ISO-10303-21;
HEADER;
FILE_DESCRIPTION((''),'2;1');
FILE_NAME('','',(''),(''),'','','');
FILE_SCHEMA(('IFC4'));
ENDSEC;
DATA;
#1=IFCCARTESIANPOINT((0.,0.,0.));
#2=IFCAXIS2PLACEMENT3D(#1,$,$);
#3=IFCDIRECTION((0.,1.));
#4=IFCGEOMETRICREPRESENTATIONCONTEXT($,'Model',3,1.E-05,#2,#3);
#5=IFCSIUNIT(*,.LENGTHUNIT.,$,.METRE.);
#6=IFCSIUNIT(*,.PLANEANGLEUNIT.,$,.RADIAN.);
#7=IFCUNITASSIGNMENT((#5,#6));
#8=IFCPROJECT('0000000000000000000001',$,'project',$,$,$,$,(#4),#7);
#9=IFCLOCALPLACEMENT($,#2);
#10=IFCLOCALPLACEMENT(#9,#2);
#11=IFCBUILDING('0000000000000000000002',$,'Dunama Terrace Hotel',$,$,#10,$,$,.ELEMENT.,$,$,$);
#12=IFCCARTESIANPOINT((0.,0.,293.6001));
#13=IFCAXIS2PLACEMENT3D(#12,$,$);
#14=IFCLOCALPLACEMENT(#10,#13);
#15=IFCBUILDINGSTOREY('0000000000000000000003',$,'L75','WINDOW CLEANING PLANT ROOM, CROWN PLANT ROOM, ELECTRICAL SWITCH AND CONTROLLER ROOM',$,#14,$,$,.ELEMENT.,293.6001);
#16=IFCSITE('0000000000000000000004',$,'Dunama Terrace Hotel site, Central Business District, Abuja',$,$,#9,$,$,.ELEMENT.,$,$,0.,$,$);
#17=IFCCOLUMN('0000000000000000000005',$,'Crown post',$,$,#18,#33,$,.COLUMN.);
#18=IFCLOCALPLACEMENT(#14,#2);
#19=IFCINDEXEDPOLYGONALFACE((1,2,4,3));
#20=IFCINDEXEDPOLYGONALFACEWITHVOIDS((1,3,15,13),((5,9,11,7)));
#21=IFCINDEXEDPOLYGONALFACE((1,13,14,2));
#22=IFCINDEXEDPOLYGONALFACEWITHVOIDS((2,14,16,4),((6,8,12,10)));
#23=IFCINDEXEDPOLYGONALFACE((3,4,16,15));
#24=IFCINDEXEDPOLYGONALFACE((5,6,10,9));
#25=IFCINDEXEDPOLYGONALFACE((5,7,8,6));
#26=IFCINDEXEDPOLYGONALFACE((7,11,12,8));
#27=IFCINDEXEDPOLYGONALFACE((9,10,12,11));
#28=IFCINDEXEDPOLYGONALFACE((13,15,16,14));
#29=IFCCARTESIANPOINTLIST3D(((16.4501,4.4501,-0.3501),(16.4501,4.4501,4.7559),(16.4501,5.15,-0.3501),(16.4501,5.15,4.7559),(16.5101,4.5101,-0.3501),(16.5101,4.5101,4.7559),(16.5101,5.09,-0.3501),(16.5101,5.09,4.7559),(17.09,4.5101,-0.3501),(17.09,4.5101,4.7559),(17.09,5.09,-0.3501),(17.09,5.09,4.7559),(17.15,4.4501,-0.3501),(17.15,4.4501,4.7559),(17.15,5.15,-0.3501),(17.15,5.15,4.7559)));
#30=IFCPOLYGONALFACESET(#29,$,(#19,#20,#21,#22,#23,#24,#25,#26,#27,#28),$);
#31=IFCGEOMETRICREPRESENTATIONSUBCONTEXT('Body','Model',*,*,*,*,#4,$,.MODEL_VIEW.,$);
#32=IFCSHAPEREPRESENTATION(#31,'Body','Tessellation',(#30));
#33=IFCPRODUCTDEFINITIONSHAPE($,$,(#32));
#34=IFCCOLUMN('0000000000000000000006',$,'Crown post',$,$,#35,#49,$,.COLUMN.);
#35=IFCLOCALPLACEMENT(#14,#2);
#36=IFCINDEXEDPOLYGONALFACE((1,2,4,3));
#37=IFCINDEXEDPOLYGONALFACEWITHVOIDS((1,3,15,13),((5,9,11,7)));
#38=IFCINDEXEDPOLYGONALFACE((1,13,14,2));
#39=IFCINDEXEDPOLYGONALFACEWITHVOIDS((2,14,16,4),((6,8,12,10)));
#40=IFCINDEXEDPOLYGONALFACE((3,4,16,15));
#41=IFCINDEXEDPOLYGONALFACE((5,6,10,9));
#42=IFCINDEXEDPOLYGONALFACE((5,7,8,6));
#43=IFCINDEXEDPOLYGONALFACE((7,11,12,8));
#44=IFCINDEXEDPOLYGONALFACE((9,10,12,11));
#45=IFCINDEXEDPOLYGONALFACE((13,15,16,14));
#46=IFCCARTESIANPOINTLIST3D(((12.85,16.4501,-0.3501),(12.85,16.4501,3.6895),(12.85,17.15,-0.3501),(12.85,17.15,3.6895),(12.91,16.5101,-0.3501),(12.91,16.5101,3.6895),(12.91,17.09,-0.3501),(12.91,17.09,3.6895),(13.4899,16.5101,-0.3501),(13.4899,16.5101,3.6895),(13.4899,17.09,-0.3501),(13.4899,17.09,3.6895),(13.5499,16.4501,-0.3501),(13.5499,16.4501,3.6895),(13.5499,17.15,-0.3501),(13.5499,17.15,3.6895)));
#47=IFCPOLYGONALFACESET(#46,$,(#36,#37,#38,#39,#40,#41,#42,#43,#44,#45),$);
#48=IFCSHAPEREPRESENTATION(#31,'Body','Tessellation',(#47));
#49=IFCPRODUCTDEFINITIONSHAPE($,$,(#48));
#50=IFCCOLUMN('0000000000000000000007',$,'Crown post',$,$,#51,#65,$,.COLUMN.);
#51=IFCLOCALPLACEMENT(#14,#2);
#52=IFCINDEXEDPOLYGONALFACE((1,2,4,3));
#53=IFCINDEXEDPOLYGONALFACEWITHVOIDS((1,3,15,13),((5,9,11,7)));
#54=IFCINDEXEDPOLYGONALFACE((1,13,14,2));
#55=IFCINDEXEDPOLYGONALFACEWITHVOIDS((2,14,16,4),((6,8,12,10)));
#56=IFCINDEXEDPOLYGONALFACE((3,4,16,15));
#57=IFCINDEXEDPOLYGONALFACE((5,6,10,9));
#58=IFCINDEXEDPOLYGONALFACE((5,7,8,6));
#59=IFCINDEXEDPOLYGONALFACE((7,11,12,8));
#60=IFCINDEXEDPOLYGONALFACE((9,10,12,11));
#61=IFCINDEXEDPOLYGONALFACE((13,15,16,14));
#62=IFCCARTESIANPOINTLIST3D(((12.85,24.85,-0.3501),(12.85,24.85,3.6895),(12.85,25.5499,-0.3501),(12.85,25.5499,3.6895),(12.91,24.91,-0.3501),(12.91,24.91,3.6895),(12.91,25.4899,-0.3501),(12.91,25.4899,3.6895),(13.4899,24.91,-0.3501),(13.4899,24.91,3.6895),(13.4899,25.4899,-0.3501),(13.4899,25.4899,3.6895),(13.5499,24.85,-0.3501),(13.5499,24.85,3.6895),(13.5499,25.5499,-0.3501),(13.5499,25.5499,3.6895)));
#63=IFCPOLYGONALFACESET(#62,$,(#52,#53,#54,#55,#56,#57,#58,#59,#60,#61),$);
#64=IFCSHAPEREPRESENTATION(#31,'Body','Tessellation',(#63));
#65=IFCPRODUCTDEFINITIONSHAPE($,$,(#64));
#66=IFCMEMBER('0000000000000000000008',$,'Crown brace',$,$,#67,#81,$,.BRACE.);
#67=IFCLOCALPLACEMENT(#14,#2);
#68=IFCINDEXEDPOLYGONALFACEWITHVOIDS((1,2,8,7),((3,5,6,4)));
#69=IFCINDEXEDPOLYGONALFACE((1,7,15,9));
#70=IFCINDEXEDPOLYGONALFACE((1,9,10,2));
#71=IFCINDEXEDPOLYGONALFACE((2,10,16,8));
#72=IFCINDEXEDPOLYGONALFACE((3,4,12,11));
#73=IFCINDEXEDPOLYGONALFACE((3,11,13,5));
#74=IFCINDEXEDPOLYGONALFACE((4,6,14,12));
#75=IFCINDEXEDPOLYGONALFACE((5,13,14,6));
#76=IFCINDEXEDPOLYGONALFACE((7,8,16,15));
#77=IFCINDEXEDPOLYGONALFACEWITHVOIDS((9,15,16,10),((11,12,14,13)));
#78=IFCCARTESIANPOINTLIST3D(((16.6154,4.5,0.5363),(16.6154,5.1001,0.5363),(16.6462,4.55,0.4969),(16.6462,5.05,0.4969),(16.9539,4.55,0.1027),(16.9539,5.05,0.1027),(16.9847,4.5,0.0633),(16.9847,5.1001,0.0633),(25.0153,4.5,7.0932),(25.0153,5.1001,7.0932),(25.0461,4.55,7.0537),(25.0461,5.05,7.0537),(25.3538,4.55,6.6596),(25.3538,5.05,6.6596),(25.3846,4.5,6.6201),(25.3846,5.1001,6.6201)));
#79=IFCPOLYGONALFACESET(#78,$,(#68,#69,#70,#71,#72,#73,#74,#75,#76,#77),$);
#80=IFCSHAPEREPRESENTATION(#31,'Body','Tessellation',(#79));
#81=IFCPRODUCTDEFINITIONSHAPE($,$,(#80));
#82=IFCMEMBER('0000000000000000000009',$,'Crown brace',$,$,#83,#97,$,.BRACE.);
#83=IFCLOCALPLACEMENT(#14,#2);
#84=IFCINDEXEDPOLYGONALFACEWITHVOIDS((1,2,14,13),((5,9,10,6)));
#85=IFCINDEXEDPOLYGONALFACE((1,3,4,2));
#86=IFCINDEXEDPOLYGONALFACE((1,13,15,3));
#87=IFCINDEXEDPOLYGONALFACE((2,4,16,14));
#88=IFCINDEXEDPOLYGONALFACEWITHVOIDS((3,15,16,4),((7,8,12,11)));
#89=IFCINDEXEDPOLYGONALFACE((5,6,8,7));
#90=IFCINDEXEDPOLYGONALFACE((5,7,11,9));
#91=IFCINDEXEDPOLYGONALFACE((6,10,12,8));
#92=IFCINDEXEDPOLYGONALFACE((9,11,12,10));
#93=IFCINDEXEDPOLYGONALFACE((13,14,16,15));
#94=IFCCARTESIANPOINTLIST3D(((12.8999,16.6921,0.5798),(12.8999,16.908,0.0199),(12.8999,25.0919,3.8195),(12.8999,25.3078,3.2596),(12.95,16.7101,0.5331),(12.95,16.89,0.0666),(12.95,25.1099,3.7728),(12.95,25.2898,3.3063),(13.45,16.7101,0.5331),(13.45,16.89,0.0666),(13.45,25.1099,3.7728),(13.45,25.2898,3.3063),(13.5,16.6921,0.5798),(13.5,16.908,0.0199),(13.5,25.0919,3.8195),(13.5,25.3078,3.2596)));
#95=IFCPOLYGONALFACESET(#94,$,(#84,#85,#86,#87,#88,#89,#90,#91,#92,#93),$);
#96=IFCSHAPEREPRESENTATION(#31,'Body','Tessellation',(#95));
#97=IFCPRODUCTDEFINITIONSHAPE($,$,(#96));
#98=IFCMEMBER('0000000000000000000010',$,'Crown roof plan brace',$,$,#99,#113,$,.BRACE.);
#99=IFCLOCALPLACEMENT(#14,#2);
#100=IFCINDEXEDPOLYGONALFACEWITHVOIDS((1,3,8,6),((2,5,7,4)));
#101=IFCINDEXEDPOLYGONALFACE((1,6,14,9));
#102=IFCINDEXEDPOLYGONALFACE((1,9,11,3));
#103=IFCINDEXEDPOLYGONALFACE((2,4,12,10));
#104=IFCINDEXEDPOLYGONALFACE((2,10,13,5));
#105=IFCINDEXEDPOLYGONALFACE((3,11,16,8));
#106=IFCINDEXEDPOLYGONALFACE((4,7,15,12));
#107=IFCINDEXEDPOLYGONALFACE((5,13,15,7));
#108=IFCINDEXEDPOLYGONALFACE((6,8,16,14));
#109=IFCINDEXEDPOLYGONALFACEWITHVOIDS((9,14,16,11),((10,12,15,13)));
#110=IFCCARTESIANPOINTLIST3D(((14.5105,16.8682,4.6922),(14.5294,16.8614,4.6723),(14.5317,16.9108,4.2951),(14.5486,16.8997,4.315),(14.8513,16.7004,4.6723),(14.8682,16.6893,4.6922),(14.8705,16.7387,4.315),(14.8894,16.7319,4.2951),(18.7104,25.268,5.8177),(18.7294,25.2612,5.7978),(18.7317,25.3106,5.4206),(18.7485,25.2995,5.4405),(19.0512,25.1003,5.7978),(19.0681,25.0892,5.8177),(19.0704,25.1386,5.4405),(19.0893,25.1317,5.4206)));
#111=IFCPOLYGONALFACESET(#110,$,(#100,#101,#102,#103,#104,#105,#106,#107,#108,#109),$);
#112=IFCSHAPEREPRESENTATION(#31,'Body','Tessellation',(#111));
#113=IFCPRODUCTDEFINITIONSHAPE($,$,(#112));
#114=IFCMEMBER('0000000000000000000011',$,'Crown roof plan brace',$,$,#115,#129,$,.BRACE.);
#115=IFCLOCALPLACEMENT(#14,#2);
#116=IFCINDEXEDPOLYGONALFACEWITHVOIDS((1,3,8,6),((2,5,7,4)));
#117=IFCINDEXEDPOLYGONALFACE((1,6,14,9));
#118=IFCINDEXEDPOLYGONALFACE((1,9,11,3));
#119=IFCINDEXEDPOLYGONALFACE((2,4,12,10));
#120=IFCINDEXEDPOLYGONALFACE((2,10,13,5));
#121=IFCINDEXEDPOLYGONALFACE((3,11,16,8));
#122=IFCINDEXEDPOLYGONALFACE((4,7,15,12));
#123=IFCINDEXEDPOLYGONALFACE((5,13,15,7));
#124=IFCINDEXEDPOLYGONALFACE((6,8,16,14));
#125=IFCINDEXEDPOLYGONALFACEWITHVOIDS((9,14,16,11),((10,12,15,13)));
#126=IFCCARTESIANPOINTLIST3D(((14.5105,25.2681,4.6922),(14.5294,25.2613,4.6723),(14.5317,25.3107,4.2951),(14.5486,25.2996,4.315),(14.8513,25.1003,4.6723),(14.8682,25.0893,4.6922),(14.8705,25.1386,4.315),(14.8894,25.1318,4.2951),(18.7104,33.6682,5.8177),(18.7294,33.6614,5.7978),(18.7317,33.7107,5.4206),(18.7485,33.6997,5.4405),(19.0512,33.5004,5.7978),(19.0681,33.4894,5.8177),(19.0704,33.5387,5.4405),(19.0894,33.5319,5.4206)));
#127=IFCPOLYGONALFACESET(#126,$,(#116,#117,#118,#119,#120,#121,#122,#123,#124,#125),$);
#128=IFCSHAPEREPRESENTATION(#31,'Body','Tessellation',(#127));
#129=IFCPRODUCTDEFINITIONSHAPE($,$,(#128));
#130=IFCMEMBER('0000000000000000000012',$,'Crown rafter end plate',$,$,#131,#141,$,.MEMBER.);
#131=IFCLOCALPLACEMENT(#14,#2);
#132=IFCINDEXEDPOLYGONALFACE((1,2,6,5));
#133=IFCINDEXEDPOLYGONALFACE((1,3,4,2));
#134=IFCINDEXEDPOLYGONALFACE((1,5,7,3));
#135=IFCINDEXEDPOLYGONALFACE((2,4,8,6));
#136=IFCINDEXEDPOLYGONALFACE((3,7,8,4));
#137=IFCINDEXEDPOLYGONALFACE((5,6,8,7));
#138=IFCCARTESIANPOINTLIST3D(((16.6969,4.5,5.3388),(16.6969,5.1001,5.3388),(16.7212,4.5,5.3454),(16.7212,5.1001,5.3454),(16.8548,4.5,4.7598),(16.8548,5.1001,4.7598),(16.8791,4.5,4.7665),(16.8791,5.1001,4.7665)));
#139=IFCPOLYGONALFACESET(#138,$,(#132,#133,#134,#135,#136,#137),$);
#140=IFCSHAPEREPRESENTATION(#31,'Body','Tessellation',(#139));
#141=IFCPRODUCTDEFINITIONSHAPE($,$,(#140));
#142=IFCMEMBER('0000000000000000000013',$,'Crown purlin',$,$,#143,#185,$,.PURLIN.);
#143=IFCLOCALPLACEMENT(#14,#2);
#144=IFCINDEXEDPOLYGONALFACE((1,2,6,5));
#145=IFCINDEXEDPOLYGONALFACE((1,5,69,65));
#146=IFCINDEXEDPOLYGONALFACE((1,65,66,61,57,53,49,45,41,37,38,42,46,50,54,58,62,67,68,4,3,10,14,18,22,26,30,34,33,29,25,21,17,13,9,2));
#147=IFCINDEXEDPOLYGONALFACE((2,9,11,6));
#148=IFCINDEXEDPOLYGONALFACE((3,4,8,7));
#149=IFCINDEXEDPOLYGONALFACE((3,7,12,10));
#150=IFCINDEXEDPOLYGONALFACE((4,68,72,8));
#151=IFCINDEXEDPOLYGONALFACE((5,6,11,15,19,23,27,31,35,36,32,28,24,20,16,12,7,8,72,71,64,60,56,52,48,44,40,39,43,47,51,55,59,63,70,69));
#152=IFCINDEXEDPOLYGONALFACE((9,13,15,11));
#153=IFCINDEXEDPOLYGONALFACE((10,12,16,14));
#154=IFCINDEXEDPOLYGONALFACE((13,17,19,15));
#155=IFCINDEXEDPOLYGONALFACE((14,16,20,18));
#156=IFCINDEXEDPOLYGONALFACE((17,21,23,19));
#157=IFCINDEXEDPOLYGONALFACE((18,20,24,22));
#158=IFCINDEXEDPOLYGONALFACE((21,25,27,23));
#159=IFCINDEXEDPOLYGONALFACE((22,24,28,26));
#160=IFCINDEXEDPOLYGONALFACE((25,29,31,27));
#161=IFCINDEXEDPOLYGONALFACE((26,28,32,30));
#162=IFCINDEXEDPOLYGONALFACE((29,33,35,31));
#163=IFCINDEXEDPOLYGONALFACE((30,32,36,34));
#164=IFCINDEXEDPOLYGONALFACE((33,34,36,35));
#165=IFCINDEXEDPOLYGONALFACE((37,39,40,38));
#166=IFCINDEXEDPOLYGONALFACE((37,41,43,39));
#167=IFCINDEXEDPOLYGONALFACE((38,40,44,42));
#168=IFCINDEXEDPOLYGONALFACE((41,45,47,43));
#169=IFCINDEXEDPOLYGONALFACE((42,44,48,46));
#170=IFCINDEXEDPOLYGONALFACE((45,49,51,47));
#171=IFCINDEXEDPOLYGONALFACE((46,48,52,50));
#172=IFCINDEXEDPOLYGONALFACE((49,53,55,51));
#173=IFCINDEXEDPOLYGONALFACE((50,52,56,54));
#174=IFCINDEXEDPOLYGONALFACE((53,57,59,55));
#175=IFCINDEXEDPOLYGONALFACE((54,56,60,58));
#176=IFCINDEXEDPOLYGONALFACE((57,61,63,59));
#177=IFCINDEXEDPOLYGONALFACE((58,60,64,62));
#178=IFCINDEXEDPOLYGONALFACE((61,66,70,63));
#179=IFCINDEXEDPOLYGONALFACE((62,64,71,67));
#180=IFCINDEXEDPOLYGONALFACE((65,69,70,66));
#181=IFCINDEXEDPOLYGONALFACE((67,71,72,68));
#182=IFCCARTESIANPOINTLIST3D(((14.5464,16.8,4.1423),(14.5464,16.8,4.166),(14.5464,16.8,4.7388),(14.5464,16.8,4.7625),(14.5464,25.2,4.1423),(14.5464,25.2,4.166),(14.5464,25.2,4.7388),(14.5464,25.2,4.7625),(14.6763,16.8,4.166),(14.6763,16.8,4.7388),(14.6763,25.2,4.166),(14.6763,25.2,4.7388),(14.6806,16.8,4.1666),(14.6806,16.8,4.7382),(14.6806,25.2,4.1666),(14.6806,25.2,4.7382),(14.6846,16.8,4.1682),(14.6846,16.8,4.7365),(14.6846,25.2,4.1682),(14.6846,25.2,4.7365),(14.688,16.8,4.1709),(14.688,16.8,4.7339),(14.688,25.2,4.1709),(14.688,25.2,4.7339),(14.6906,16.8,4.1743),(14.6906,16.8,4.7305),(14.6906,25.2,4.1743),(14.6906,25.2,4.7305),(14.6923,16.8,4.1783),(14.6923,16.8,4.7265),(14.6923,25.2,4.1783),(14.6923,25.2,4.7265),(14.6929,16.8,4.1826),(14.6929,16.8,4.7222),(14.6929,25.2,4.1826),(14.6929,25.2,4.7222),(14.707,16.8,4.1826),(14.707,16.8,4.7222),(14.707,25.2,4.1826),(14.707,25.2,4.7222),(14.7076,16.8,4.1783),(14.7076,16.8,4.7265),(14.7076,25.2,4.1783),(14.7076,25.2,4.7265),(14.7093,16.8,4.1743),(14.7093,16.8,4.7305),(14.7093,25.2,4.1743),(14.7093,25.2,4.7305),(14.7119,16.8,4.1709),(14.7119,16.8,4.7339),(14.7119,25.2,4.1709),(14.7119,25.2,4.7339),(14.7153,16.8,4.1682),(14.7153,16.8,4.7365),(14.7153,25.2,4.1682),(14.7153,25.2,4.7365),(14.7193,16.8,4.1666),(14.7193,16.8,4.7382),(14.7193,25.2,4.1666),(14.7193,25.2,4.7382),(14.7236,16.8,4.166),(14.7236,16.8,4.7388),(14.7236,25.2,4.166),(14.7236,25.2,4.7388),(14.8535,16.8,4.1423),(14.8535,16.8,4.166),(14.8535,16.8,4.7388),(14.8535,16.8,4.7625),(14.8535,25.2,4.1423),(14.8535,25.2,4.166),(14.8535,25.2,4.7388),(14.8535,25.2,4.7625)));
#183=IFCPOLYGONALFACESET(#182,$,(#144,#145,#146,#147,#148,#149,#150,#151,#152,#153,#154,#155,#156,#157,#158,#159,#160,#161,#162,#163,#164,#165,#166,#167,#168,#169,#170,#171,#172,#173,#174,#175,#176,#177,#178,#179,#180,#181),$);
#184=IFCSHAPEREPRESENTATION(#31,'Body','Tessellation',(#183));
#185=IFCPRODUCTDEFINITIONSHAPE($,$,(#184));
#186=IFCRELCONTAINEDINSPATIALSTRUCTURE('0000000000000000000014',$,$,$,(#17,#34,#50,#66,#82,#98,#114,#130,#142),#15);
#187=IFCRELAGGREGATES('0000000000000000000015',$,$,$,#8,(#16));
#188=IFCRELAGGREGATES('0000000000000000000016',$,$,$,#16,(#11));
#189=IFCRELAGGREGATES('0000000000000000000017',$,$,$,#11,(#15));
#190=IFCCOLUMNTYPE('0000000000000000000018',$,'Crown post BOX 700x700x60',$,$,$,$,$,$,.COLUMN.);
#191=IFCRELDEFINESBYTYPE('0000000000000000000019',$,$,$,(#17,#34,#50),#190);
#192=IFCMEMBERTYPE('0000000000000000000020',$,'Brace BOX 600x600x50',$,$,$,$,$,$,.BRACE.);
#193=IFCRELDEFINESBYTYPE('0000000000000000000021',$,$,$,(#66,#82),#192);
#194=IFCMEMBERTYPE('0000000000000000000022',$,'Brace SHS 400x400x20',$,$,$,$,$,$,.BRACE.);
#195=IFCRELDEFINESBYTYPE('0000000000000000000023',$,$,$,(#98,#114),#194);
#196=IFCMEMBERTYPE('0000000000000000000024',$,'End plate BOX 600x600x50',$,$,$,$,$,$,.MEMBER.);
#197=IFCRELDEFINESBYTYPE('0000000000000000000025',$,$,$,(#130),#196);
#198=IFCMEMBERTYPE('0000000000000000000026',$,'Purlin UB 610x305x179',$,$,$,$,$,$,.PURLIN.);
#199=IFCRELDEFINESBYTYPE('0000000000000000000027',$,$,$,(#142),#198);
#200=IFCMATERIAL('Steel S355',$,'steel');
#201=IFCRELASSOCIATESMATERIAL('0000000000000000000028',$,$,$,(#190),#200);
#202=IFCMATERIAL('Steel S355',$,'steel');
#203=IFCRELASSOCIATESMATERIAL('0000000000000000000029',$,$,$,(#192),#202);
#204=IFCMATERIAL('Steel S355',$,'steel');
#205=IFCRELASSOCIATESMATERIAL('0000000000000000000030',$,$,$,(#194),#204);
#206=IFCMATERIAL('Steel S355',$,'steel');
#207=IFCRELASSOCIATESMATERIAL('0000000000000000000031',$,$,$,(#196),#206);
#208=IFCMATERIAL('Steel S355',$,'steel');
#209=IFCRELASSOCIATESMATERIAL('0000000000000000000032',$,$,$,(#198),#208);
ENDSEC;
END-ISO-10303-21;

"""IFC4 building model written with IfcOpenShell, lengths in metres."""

from ifc_helpers import new_model, si_unit, direction, frame, origin, origin_2d, place, context, subcontext, project, spatial, rectangle, hollow_rectangle, i_section, extrude, material, material_profile, profile_set, type_object, element, save


model = new_model("IFC4")

# Units and contexts
model_context = context("Model", 3, precision=1e-05, world=origin(), true_north=direction((0.0, 1.0)))
body_context = subcontext(model_context, "Body", "Model", "MODEL_VIEW")
ifc_project = project(units=[si_unit("LENGTHUNIT", "METRE"), si_unit("PLANEANGLEUNIT", "RADIAN")], contexts=[model_context])

# Site, building, storey
site_placement = place(None, origin())
site = spatial("IfcSite", under=ifc_project, at=site_placement, Name="Dunama Terrace Hotel site, Central Business District, Abuja", CompositionType="ELEMENT", RefElevation=0.0)
building_placement = place(site_placement, origin())
building = spatial("IfcBuilding", under=site, at=building_placement, Name="Dunama Terrace Hotel", CompositionType="ELEMENT")
storey_placement = place(building_placement, frame((0.0, 0.0, 293.6001)))
storey = spatial("IfcBuildingStorey", under=building, at=storey_placement, Name="L75", Description="WINDOW CLEANING PLANT ROOM, CROWN PLANT ROOM, ELECTRICAL SWITCH AND CONTROLLER ROOM", CompositionType="ELEMENT", Elevation=293.6001)

# Columns
ifc_material_1 = material(Name="Steel S355", Category="steel")
ifc_material_profile_1 = material_profile(ifc_material_1, hollow_rectangle(XDim=0.7, YDim=0.7, WallThickness=0.0601, at=origin_2d()), Name="BOX 700x700x60")
ifc_profile_set_1 = profile_set([ifc_material_profile_1], Name="Steel S355")
column_type = type_object("IfcColumnType", Name="Crown post BOX 700x700x60", PredefinedType="COLUMN", material=ifc_profile_set_1)
column_placement = place(storey_placement, frame((16.8, 4.8, -0.3501), z_axis=(0.0, 0.0, 1.0), x_axis=(1.0, 0.0, 0.0)))
element("IfcColumn", 1, at=column_placement, inside=storey, type_object=column_type, Name="Crown post", PredefinedType="COLUMN", context=body_context, shape_type="SweptSolid", body=[
    extrude(hollow_rectangle(XDim=0.7, YDim=0.7, WallThickness=0.0601, at=origin_2d()), origin(), (0.0, 0.0, 1.0), 5.106),
])
for number, where, z_axis, x_axis, name in (
    (2, (13.2, 16.8, -0.3501), (0.0, 0.0, 1.0), (1.0, 0.0, 0.0), "Crown post"),
    (3, (13.2, 25.2, -0.3501), (0.0, 0.0, 1.0), (1.0, 0.0, 0.0), "Crown post"),
):
    element("IfcColumn", number, at=place(storey_placement, frame(where, z_axis=z_axis, x_axis=x_axis)), inside=storey, type_object=column_type, Name=name, PredefinedType="COLUMN", context=body_context, shape_type="SweptSolid", body=[
        extrude(hollow_rectangle(XDim=0.7, YDim=0.7, WallThickness=0.0601, at=origin_2d()), origin(), (0.0, 0.0, 1.0), 4.0396),
    ])

# Members
ifc_material_2 = material(Name="Steel S355", Category="steel")
ifc_material_profile_2 = material_profile(ifc_material_2, hollow_rectangle(XDim=0.6001, YDim=0.6001, WallThickness=0.05, at=origin_2d()), Name="BOX 600x600x50")
ifc_profile_set_2 = profile_set([ifc_material_profile_2], Name="Steel S355")
member_type_1 = type_object("IfcMemberType", Name="Brace BOX 600x600x50", PredefinedType="BRACE", material=ifc_profile_set_2)
member_1_placement = place(storey_placement, frame((16.8, 4.8, 0.2998), z_axis=(0.788276, 0.0, 0.615321), x_axis=(0.0, 1.0, 0.0)))
element("IfcMember", 4, at=member_1_placement, inside=storey, type_object=member_type_1, Name="Crown brace", PredefinedType="BRACE", context=body_context, shape_type="SweptSolid", body=[
    extrude(hollow_rectangle(XDim=0.6001, YDim=0.6001, WallThickness=0.05, at=origin_2d()), origin(), (0.0, 0.0, 1.0), 10.656),
])
member_2_placement = place(storey_placement, frame((13.2, 16.8, 0.2998), z_axis=(0.0, 0.93301, 0.359851), x_axis=(-1.0, 0.0, 0.0)))
element("IfcMember", 5, at=member_2_placement, inside=storey, type_object=member_type_1, Name="Crown brace", PredefinedType="BRACE", context=body_context, shape_type="SweptSolid", body=[
    extrude(hollow_rectangle(XDim=0.6001, YDim=0.6001, WallThickness=0.05, at=origin_2d()), origin(), (0.0, 0.0, 1.0), 9.0029),
])
ifc_material_3 = material(Name="Steel S355", Category="steel")
ifc_material_profile_3 = material_profile(ifc_material_3, hollow_rectangle(XDim=0.3999, YDim=0.3999, WallThickness=0.02, at=origin_2d()), Name="SHS 400x400x20")
ifc_profile_set_3 = profile_set([ifc_material_profile_3], Name="Steel S355")
member_type_2 = type_object("IfcMemberType", Name="Brace SHS 400x400x20", PredefinedType="BRACE", material=ifc_profile_set_3)
member_3_placement = place(storey_placement, frame((14.7, 16.8, 4.4937), z_axis=(0.444036, 0.888073, 0.118991), x_axis=(-0.894427, 0.447214, 0.0)))
element("IfcMember", 6, at=member_3_placement, inside=storey, type_object=member_type_2, Name="Crown roof plan brace", PredefinedType="BRACE", context=body_context, shape_type="SweptSolid", body=[
    extrude(hollow_rectangle(XDim=0.3999, YDim=0.3999, WallThickness=0.02, at=origin_2d()), origin(), (0.0, 0.0, 1.0), 9.4585),
])
member_4_placement = place(storey_placement, frame((14.7, 25.2, 4.4937), z_axis=(0.444026, 0.888078, 0.118989), x_axis=(-0.894432, 0.447203, 0.0)))
element("IfcMember", 7, at=member_4_placement, inside=storey, type_object=member_type_2, Name="Crown roof plan brace", PredefinedType="BRACE", context=body_context, shape_type="SweptSolid", body=[
    extrude(hollow_rectangle(XDim=0.3999, YDim=0.3999, WallThickness=0.02, at=origin_2d()), origin(), (0.0, 0.0, 1.0), 9.4587),
])
ifc_material_4 = material(Name="Steel S355", Category="steel")
ifc_material_profile_4 = material_profile(ifc_material_4, rectangle(XDim=0.6001, YDim=0.6001, at=origin_2d()), Name="PL 600X600")
ifc_profile_set_4 = profile_set([ifc_material_profile_4], Name="Steel S355")
member_type_3 = type_object("IfcMemberType", Name="End plate BOX 600x600x50", PredefinedType="MEMBER", material=ifc_profile_set_4)
member_5_placement = place(storey_placement, frame((16.7759, 4.8, 5.0493), z_axis=(0.964764, 0.0, 0.263117), x_axis=(0.0, 1.0, 0.0)))
element("IfcMember", 8, at=member_5_placement, inside=storey, type_object=member_type_3, Name="Crown rafter end plate", PredefinedType="MEMBER", context=body_context, shape_type="SweptSolid", body=[
    extrude(rectangle(XDim=0.6001, YDim=0.6001, at=origin_2d()), origin(), (0.0, 0.0, 1.0), 0.0251),
])
ifc_material_5 = material(Name="Steel S355", Category="steel")
ifc_material_profile_5 = material_profile(ifc_material_5, i_section(OverallWidth=0.3071, OverallDepth=0.6201, WebThickness=0.0142, FlangeThickness=0.0237, FilletRadius=0.0166, at=origin_2d()), Name="UB 610x305x179")
ifc_profile_set_5 = profile_set([ifc_material_profile_5], Name="Steel S355")
member_type_4 = type_object("IfcMemberType", Name="Purlin UB 610x305x179", PredefinedType="PURLIN", material=ifc_profile_set_5)
member_6_placement = place(storey_placement, frame((14.7, 16.8, 4.4524), z_axis=(0.0, 1.0, 0.0), x_axis=(-1.0, 0.0, 0.0)))
element("IfcMember", 9, at=member_6_placement, inside=storey, type_object=member_type_4, Name="Crown purlin", PredefinedType="PURLIN", context=body_context, shape_type="SweptSolid", body=[
    extrude(i_section(OverallWidth=0.3071, OverallDepth=0.6201, WebThickness=0.0142, FlangeThickness=0.0237, FilletRadius=0.0166, at=origin_2d()), origin(), (0.0, 0.0, 1.0), 8.3999),
])

save(model, "model.ifc")
